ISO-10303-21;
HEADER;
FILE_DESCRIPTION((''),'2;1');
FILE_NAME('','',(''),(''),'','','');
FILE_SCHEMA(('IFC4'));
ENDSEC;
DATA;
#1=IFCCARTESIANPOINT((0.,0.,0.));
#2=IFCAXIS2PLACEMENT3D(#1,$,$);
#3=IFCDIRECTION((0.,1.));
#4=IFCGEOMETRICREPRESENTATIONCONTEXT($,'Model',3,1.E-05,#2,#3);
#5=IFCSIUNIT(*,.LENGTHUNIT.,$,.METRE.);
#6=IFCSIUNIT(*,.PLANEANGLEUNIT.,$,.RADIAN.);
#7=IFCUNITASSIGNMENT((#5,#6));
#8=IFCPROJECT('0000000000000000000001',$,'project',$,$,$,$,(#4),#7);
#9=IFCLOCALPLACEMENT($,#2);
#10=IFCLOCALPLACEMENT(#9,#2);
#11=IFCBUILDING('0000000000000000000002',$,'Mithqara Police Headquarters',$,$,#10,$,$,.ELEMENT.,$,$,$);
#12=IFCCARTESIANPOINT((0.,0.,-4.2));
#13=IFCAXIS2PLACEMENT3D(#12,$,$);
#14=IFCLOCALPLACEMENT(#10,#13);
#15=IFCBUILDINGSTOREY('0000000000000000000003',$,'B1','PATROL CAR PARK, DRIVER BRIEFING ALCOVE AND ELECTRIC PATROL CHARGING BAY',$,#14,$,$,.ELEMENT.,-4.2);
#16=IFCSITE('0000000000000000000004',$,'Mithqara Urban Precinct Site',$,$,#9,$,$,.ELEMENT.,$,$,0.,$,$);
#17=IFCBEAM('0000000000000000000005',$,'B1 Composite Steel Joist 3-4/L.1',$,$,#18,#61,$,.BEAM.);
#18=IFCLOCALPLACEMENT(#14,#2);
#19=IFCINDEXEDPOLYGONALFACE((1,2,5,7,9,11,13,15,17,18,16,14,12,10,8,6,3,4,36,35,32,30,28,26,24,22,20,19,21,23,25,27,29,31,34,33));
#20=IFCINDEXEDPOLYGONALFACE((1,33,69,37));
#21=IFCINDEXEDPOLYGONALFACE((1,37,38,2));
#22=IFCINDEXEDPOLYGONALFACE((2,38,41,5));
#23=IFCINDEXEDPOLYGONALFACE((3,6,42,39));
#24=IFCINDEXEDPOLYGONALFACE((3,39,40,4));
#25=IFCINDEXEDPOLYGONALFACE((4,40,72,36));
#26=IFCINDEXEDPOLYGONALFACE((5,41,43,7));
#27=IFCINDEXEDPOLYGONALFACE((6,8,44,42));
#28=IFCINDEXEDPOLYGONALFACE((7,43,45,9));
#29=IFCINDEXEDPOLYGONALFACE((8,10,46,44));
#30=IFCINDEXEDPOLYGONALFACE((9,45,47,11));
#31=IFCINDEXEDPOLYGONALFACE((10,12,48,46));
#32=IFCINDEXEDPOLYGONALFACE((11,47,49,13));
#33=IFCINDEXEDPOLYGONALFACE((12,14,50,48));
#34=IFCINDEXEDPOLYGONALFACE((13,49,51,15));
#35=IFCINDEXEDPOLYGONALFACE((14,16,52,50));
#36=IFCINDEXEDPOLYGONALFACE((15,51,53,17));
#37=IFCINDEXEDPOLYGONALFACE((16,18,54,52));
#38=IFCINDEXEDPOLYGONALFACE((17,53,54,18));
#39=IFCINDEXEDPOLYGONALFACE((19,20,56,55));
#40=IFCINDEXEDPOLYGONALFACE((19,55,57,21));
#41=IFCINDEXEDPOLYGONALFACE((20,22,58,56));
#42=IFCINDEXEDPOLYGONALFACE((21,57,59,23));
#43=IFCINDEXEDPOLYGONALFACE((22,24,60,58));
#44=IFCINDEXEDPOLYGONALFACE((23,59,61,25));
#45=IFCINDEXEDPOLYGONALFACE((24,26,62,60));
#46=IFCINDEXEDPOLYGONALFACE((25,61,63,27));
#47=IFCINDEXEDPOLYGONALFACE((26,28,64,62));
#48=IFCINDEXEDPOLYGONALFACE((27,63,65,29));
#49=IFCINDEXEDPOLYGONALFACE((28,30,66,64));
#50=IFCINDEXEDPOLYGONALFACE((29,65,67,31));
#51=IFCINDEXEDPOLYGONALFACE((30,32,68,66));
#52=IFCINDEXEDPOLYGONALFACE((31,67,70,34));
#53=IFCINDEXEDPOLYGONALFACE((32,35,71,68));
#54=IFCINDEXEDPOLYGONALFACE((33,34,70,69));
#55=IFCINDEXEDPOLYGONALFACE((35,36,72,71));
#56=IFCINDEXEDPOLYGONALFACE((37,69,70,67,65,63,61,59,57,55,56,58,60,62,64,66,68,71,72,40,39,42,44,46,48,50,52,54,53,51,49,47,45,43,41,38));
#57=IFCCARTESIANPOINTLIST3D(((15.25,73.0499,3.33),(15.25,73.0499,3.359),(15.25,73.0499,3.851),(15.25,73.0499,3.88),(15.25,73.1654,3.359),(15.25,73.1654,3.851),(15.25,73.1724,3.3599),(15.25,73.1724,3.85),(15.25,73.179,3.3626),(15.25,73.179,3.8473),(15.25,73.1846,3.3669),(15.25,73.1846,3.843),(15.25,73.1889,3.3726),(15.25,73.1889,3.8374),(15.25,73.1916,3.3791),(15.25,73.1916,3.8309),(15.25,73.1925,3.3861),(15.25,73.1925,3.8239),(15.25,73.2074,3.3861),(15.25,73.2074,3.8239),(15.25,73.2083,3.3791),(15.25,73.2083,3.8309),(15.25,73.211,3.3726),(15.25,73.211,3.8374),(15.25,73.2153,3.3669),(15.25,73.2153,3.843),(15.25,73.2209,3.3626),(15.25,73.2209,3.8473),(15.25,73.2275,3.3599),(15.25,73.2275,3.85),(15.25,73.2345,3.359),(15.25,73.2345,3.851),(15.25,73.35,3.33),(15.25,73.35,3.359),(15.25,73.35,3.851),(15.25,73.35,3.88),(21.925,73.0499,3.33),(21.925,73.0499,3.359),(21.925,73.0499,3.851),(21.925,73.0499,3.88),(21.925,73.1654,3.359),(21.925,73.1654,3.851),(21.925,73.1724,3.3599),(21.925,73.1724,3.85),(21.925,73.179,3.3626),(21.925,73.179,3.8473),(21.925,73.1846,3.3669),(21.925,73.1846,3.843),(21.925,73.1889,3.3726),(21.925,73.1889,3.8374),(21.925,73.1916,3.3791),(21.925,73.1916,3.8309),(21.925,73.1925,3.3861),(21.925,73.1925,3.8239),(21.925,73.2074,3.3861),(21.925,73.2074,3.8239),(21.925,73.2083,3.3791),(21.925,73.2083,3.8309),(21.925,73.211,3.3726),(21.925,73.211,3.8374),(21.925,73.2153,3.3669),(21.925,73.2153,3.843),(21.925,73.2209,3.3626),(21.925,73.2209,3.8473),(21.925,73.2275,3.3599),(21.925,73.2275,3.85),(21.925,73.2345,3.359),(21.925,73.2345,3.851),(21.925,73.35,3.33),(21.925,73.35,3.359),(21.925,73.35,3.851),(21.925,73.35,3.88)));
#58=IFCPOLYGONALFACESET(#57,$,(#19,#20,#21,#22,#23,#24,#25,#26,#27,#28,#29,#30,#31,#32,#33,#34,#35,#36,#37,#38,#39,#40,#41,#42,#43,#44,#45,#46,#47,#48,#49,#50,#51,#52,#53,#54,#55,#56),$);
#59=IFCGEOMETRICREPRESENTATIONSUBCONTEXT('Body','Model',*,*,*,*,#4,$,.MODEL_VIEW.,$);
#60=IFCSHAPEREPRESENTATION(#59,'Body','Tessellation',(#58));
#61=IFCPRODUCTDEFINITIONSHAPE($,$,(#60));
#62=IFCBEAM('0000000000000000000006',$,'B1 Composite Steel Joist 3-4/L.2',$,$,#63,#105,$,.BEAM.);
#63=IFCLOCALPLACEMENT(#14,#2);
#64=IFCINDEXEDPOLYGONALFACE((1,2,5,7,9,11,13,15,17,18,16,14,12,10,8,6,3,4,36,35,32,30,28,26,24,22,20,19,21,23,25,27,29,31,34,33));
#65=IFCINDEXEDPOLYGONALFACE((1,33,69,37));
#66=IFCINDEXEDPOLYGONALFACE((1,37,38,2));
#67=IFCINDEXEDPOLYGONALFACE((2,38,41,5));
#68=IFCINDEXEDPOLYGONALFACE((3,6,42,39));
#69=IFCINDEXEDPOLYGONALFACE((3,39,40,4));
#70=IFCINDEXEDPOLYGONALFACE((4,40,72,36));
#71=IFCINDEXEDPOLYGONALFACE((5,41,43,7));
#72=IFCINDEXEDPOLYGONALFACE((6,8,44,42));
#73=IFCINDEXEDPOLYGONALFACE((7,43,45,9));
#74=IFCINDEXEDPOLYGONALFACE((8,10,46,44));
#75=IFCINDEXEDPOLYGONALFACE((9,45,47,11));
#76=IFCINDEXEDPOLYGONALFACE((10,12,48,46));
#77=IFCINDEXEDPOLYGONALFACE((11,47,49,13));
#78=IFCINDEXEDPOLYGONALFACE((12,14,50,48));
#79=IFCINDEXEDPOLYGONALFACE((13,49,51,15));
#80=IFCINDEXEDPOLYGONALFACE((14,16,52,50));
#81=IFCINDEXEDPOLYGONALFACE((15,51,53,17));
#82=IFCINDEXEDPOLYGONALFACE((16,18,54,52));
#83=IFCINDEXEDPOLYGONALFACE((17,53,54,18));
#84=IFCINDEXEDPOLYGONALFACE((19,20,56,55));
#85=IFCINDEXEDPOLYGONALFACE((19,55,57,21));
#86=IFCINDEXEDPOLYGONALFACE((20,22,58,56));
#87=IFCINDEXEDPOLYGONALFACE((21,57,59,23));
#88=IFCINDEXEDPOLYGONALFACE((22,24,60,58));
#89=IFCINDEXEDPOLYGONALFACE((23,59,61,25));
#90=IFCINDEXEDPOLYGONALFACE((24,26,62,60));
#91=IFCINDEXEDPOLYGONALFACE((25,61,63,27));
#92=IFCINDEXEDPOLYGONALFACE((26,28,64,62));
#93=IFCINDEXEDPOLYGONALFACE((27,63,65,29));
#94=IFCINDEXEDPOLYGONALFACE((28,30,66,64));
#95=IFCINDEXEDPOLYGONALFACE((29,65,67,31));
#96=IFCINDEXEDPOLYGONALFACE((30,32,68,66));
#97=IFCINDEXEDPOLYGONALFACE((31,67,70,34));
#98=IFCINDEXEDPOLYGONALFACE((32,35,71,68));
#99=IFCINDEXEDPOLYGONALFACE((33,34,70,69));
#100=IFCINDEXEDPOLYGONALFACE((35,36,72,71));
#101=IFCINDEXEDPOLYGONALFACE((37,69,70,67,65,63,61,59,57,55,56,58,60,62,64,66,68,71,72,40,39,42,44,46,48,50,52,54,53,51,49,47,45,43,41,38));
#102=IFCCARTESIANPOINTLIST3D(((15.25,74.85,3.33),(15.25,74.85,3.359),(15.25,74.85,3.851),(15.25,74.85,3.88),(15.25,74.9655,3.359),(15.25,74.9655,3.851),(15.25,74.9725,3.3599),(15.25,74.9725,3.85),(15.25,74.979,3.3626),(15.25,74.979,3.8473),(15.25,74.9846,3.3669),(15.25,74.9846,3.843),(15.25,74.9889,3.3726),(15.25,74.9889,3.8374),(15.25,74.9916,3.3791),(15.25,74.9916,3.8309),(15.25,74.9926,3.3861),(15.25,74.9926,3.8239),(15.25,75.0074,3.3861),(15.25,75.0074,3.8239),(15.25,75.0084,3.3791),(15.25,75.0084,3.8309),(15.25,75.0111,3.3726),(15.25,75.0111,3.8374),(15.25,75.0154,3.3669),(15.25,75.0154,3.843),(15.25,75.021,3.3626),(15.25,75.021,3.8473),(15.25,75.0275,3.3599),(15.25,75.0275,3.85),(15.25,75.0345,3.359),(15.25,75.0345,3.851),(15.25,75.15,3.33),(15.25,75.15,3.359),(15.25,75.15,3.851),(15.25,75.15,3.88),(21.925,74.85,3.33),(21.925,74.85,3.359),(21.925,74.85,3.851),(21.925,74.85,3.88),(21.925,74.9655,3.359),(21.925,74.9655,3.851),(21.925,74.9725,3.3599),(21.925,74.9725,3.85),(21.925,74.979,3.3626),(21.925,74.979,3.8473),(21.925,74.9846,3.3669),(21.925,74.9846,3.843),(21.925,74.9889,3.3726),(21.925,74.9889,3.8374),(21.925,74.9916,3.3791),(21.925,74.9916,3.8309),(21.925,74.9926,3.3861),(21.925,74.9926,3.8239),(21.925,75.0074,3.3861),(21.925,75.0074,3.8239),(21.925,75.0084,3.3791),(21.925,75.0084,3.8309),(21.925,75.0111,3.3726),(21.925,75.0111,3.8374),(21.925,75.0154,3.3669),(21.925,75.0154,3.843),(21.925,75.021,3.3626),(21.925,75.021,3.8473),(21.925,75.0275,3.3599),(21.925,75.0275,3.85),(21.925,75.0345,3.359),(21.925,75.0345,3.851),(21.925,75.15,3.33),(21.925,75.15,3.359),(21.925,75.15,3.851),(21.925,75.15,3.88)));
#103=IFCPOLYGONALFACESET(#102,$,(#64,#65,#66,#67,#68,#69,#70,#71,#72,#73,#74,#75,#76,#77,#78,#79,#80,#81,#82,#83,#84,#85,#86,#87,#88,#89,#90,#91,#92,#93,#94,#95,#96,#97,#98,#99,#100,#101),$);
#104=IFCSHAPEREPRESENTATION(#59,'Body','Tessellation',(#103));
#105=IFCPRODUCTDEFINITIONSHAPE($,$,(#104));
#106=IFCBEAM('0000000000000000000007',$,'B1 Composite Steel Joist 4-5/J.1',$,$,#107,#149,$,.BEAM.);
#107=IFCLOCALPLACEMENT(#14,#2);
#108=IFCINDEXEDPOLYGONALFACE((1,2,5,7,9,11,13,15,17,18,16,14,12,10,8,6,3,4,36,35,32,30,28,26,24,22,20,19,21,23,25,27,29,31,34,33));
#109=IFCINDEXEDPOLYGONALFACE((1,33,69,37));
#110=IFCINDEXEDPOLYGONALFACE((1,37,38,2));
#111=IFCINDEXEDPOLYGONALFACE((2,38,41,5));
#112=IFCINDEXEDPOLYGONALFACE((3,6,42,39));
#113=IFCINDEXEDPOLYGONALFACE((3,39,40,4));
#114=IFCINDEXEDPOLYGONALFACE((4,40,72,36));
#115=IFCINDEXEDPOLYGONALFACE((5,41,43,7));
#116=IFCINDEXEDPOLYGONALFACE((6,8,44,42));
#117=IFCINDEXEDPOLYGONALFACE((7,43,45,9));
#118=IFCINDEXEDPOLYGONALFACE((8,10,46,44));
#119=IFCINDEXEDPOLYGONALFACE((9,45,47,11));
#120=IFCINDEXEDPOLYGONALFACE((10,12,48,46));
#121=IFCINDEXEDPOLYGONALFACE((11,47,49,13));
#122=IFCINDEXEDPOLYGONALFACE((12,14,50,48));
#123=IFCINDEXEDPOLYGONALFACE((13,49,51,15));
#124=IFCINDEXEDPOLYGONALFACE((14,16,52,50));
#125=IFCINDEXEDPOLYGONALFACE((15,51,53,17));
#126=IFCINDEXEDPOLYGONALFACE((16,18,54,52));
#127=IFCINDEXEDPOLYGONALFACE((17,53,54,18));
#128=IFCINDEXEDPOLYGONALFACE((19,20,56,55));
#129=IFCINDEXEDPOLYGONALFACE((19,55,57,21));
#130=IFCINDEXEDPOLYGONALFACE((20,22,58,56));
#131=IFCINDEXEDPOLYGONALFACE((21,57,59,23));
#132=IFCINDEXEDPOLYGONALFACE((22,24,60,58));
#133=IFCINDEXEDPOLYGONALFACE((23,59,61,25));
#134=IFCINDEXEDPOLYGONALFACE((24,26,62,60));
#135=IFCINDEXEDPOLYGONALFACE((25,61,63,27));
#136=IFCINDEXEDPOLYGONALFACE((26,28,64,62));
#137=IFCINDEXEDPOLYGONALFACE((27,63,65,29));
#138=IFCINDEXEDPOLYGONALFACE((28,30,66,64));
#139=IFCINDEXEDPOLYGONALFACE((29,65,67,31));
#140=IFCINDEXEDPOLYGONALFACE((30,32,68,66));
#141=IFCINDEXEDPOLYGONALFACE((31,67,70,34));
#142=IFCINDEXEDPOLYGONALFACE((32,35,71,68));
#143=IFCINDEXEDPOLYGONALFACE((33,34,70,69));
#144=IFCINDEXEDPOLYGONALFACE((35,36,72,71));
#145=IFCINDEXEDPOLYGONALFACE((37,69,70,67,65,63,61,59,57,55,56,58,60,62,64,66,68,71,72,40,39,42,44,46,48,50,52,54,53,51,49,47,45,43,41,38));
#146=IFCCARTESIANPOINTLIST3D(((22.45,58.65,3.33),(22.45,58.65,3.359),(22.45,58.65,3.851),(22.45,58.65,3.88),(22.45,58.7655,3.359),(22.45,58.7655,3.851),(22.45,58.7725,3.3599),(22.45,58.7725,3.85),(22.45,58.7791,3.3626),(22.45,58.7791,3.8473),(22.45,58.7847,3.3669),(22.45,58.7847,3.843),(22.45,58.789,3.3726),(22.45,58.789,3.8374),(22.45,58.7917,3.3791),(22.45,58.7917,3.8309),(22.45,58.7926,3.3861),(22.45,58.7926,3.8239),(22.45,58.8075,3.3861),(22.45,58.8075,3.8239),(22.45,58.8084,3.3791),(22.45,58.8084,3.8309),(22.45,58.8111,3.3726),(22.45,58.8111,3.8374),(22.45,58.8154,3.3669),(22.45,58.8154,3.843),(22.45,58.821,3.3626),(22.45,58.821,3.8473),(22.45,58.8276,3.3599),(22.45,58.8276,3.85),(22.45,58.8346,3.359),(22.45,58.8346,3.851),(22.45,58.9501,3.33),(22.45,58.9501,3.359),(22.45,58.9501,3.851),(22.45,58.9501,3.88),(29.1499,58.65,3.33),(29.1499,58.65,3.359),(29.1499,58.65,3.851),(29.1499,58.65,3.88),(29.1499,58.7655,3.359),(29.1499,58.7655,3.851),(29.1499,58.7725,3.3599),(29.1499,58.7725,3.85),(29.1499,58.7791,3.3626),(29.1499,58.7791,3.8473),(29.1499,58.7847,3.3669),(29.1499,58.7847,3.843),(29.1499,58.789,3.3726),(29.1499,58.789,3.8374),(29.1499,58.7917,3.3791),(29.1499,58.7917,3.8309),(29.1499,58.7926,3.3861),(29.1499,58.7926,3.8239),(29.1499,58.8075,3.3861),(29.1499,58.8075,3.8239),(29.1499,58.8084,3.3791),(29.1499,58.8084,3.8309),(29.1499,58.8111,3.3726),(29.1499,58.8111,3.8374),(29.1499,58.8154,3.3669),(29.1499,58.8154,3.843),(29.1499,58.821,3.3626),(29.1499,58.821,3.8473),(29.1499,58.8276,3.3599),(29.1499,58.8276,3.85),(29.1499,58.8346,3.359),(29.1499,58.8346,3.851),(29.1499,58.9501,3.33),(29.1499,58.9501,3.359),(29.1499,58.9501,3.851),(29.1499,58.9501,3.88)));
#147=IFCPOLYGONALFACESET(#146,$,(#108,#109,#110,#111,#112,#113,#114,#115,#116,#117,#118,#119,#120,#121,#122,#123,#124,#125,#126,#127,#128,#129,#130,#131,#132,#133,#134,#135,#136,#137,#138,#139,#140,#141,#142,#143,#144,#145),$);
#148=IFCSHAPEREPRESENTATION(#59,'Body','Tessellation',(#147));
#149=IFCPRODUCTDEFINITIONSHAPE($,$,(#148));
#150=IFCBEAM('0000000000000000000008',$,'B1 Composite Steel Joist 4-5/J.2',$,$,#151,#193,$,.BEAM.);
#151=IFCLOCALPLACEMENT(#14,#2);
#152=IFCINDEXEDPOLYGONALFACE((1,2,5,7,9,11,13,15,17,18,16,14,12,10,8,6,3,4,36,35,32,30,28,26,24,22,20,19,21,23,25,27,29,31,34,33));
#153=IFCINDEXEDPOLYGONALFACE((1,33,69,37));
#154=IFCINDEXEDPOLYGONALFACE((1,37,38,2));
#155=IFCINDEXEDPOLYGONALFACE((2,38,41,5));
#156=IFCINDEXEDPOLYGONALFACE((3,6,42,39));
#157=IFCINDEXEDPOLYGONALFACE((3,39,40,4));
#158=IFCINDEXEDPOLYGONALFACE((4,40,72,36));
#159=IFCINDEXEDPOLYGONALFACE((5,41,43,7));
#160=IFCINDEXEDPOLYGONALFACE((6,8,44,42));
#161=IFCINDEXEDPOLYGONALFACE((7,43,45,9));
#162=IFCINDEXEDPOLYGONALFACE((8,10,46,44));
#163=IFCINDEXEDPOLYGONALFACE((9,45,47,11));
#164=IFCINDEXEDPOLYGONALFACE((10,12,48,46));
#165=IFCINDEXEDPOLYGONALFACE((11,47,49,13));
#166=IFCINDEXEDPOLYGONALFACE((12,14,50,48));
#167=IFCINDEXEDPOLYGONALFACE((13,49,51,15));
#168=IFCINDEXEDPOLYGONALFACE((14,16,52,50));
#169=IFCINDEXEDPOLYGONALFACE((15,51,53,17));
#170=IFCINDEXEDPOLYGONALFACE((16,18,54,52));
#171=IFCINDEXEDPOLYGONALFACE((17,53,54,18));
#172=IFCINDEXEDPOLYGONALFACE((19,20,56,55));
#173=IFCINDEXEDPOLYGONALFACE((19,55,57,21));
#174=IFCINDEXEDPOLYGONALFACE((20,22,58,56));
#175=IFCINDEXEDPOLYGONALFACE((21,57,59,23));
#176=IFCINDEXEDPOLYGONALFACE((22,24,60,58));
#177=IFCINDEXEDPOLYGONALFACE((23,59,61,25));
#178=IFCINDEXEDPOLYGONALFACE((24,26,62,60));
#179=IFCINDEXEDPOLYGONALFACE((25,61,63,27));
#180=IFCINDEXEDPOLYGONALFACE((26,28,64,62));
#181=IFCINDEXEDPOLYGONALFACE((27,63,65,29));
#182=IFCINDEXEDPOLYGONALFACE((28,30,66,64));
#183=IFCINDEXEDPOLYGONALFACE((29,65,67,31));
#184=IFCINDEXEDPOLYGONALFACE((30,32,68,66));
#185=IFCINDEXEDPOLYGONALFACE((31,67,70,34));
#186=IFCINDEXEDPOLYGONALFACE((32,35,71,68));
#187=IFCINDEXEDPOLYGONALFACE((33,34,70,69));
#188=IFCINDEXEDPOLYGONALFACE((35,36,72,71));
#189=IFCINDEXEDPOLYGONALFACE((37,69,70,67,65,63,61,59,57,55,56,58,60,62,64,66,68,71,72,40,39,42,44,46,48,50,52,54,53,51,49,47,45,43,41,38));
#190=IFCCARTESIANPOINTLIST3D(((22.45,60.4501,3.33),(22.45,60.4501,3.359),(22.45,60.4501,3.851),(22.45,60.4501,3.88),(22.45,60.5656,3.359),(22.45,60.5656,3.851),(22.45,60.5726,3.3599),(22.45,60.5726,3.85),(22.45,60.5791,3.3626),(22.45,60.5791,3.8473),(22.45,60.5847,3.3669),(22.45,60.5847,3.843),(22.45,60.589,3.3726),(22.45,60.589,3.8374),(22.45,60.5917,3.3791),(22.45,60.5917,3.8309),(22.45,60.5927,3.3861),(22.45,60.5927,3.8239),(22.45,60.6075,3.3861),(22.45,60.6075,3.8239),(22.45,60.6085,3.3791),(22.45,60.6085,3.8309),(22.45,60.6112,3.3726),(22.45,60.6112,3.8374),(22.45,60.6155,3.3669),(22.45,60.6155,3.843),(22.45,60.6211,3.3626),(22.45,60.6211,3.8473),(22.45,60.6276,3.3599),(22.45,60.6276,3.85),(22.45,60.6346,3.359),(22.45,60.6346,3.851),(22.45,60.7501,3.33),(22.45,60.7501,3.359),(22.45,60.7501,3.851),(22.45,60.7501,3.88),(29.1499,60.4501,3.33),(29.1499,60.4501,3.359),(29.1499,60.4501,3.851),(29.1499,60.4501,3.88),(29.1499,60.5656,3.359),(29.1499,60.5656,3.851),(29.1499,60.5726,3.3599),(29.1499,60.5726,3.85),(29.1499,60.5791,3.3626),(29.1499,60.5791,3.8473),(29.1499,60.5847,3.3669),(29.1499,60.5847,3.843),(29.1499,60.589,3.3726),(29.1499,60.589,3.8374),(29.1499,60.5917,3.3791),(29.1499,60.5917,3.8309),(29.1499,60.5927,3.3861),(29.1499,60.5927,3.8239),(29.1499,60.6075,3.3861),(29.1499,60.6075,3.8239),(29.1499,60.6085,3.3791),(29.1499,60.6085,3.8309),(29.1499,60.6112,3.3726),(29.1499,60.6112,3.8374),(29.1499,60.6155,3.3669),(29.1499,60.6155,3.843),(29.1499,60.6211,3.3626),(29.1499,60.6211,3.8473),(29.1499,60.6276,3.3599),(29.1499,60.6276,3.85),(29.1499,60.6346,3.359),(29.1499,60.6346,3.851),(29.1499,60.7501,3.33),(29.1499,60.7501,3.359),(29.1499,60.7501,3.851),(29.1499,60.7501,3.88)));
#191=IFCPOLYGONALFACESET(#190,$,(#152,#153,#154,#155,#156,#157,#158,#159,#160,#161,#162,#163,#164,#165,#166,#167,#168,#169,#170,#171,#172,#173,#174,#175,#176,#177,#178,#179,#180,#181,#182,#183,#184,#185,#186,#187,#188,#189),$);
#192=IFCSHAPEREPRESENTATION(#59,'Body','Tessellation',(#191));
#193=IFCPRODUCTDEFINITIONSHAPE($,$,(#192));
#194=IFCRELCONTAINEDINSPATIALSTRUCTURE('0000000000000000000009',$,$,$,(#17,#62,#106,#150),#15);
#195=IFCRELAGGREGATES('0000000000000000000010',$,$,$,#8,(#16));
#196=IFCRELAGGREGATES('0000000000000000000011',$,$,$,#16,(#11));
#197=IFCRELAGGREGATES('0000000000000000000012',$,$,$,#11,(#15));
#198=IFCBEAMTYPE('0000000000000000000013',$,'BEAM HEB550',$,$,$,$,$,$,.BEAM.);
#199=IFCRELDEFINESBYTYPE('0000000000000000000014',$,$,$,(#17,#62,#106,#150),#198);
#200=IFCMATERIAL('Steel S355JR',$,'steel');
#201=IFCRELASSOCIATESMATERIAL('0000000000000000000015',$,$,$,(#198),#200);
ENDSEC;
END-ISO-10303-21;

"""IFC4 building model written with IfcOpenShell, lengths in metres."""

from ifc_helpers import new_model, si_unit, direction, frame, origin, origin_2d, place, context, subcontext, project, spatial, i_section, extrude, material, material_profile, profile_set, type_object, element, save


model = new_model("IFC4")

# Units and contexts
model_context = context("Model", 3, precision=1e-05, world=origin(), true_north=direction((0.0, 1.0)))
body_context = subcontext(model_context, "Body", "Model", "MODEL_VIEW")
ifc_project = project(units=[si_unit("LENGTHUNIT", "METRE"), si_unit("PLANEANGLEUNIT", "RADIAN")], contexts=[model_context])

# Site, building, storey
site_placement = place(None, origin())
site = spatial("IfcSite", under=ifc_project, at=site_placement, Name="Mithqara Urban Precinct Site", CompositionType="ELEMENT", RefElevation=0.0)
building_placement = place(site_placement, origin())
building = spatial("IfcBuilding", under=site, at=building_placement, Name="Mithqara Police Headquarters", CompositionType="ELEMENT")
storey_placement = place(building_placement, frame((0.0, 0.0, -4.2)))
storey = spatial("IfcBuildingStorey", under=building, at=storey_placement, Name="B1", Description="PATROL CAR PARK, DRIVER BRIEFING ALCOVE AND ELECTRIC PATROL CHARGING BAY", CompositionType="ELEMENT", Elevation=-4.2)

# Beams
ifc_material_1 = material(Name="Steel S355JR", Category="steel")
ifc_material_profile_1 = material_profile(ifc_material_1, i_section(OverallWidth=0.3, OverallDepth=0.55, WebThickness=0.0149, FlangeThickness=0.0291, FilletRadius=0.0271, at=origin_2d()), Name="HEB 550")
ifc_profile_set_1 = profile_set([ifc_material_profile_1], Name="Steel S355JR")
beam_type_1 = type_object("IfcBeamType", Name="BEAM HEB550", PredefinedType="BEAM", material=ifc_profile_set_1)
for number, where, z_axis, x_axis, name in (
    (1, (15.25, 73.2, 3.605), (1.0, 0.0, 0.0), (0.0, 1.0, 0.0), "B1 Composite Steel Joist 3-4/L.1"),
    (2, (15.25, 75.0, 3.605), (1.0, 0.0, 0.0), (0.0, 1.0, 0.0), "B1 Composite Steel Joist 3-4/L.2"),
):
    element("IfcBeam", number, at=place(storey_placement, frame(where, z_axis=z_axis, x_axis=x_axis)), inside=storey, type_object=beam_type_1, Name=name, PredefinedType="BEAM", context=body_context, shape_type="SweptSolid", body=[
        extrude(i_section(OverallWidth=0.3, OverallDepth=0.55, WebThickness=0.0149, FlangeThickness=0.0291, FilletRadius=0.0271, at=origin_2d()), origin(), (0.0, 0.0, 1.0), 6.675),
    ])
for number, where, z_axis, x_axis, name in (
    (3, (22.45, 58.8, 3.605), (1.0, 0.0, 0.0), (0.0, 1.0, 0.0), "B1 Composite Steel Joist 4-5/J.1"),
    (4, (22.45, 60.6001, 3.605), (1.0, 0.0, 0.0), (0.0, 1.0, 0.0), "B1 Composite Steel Joist 4-5/J.2"),
):
    element("IfcBeam", number, at=place(storey_placement, frame(where, z_axis=z_axis, x_axis=x_axis)), inside=storey, type_object=beam_type_1, Name=name, PredefinedType="BEAM", context=body_context, shape_type="SweptSolid", body=[
        extrude(i_section(OverallWidth=0.3, OverallDepth=0.55, WebThickness=0.0149, FlangeThickness=0.0291, FilletRadius=0.0271, at=origin_2d()), origin(), (0.0, 0.0, 1.0), 6.7),
    ])

save(model, "model.ifc")
